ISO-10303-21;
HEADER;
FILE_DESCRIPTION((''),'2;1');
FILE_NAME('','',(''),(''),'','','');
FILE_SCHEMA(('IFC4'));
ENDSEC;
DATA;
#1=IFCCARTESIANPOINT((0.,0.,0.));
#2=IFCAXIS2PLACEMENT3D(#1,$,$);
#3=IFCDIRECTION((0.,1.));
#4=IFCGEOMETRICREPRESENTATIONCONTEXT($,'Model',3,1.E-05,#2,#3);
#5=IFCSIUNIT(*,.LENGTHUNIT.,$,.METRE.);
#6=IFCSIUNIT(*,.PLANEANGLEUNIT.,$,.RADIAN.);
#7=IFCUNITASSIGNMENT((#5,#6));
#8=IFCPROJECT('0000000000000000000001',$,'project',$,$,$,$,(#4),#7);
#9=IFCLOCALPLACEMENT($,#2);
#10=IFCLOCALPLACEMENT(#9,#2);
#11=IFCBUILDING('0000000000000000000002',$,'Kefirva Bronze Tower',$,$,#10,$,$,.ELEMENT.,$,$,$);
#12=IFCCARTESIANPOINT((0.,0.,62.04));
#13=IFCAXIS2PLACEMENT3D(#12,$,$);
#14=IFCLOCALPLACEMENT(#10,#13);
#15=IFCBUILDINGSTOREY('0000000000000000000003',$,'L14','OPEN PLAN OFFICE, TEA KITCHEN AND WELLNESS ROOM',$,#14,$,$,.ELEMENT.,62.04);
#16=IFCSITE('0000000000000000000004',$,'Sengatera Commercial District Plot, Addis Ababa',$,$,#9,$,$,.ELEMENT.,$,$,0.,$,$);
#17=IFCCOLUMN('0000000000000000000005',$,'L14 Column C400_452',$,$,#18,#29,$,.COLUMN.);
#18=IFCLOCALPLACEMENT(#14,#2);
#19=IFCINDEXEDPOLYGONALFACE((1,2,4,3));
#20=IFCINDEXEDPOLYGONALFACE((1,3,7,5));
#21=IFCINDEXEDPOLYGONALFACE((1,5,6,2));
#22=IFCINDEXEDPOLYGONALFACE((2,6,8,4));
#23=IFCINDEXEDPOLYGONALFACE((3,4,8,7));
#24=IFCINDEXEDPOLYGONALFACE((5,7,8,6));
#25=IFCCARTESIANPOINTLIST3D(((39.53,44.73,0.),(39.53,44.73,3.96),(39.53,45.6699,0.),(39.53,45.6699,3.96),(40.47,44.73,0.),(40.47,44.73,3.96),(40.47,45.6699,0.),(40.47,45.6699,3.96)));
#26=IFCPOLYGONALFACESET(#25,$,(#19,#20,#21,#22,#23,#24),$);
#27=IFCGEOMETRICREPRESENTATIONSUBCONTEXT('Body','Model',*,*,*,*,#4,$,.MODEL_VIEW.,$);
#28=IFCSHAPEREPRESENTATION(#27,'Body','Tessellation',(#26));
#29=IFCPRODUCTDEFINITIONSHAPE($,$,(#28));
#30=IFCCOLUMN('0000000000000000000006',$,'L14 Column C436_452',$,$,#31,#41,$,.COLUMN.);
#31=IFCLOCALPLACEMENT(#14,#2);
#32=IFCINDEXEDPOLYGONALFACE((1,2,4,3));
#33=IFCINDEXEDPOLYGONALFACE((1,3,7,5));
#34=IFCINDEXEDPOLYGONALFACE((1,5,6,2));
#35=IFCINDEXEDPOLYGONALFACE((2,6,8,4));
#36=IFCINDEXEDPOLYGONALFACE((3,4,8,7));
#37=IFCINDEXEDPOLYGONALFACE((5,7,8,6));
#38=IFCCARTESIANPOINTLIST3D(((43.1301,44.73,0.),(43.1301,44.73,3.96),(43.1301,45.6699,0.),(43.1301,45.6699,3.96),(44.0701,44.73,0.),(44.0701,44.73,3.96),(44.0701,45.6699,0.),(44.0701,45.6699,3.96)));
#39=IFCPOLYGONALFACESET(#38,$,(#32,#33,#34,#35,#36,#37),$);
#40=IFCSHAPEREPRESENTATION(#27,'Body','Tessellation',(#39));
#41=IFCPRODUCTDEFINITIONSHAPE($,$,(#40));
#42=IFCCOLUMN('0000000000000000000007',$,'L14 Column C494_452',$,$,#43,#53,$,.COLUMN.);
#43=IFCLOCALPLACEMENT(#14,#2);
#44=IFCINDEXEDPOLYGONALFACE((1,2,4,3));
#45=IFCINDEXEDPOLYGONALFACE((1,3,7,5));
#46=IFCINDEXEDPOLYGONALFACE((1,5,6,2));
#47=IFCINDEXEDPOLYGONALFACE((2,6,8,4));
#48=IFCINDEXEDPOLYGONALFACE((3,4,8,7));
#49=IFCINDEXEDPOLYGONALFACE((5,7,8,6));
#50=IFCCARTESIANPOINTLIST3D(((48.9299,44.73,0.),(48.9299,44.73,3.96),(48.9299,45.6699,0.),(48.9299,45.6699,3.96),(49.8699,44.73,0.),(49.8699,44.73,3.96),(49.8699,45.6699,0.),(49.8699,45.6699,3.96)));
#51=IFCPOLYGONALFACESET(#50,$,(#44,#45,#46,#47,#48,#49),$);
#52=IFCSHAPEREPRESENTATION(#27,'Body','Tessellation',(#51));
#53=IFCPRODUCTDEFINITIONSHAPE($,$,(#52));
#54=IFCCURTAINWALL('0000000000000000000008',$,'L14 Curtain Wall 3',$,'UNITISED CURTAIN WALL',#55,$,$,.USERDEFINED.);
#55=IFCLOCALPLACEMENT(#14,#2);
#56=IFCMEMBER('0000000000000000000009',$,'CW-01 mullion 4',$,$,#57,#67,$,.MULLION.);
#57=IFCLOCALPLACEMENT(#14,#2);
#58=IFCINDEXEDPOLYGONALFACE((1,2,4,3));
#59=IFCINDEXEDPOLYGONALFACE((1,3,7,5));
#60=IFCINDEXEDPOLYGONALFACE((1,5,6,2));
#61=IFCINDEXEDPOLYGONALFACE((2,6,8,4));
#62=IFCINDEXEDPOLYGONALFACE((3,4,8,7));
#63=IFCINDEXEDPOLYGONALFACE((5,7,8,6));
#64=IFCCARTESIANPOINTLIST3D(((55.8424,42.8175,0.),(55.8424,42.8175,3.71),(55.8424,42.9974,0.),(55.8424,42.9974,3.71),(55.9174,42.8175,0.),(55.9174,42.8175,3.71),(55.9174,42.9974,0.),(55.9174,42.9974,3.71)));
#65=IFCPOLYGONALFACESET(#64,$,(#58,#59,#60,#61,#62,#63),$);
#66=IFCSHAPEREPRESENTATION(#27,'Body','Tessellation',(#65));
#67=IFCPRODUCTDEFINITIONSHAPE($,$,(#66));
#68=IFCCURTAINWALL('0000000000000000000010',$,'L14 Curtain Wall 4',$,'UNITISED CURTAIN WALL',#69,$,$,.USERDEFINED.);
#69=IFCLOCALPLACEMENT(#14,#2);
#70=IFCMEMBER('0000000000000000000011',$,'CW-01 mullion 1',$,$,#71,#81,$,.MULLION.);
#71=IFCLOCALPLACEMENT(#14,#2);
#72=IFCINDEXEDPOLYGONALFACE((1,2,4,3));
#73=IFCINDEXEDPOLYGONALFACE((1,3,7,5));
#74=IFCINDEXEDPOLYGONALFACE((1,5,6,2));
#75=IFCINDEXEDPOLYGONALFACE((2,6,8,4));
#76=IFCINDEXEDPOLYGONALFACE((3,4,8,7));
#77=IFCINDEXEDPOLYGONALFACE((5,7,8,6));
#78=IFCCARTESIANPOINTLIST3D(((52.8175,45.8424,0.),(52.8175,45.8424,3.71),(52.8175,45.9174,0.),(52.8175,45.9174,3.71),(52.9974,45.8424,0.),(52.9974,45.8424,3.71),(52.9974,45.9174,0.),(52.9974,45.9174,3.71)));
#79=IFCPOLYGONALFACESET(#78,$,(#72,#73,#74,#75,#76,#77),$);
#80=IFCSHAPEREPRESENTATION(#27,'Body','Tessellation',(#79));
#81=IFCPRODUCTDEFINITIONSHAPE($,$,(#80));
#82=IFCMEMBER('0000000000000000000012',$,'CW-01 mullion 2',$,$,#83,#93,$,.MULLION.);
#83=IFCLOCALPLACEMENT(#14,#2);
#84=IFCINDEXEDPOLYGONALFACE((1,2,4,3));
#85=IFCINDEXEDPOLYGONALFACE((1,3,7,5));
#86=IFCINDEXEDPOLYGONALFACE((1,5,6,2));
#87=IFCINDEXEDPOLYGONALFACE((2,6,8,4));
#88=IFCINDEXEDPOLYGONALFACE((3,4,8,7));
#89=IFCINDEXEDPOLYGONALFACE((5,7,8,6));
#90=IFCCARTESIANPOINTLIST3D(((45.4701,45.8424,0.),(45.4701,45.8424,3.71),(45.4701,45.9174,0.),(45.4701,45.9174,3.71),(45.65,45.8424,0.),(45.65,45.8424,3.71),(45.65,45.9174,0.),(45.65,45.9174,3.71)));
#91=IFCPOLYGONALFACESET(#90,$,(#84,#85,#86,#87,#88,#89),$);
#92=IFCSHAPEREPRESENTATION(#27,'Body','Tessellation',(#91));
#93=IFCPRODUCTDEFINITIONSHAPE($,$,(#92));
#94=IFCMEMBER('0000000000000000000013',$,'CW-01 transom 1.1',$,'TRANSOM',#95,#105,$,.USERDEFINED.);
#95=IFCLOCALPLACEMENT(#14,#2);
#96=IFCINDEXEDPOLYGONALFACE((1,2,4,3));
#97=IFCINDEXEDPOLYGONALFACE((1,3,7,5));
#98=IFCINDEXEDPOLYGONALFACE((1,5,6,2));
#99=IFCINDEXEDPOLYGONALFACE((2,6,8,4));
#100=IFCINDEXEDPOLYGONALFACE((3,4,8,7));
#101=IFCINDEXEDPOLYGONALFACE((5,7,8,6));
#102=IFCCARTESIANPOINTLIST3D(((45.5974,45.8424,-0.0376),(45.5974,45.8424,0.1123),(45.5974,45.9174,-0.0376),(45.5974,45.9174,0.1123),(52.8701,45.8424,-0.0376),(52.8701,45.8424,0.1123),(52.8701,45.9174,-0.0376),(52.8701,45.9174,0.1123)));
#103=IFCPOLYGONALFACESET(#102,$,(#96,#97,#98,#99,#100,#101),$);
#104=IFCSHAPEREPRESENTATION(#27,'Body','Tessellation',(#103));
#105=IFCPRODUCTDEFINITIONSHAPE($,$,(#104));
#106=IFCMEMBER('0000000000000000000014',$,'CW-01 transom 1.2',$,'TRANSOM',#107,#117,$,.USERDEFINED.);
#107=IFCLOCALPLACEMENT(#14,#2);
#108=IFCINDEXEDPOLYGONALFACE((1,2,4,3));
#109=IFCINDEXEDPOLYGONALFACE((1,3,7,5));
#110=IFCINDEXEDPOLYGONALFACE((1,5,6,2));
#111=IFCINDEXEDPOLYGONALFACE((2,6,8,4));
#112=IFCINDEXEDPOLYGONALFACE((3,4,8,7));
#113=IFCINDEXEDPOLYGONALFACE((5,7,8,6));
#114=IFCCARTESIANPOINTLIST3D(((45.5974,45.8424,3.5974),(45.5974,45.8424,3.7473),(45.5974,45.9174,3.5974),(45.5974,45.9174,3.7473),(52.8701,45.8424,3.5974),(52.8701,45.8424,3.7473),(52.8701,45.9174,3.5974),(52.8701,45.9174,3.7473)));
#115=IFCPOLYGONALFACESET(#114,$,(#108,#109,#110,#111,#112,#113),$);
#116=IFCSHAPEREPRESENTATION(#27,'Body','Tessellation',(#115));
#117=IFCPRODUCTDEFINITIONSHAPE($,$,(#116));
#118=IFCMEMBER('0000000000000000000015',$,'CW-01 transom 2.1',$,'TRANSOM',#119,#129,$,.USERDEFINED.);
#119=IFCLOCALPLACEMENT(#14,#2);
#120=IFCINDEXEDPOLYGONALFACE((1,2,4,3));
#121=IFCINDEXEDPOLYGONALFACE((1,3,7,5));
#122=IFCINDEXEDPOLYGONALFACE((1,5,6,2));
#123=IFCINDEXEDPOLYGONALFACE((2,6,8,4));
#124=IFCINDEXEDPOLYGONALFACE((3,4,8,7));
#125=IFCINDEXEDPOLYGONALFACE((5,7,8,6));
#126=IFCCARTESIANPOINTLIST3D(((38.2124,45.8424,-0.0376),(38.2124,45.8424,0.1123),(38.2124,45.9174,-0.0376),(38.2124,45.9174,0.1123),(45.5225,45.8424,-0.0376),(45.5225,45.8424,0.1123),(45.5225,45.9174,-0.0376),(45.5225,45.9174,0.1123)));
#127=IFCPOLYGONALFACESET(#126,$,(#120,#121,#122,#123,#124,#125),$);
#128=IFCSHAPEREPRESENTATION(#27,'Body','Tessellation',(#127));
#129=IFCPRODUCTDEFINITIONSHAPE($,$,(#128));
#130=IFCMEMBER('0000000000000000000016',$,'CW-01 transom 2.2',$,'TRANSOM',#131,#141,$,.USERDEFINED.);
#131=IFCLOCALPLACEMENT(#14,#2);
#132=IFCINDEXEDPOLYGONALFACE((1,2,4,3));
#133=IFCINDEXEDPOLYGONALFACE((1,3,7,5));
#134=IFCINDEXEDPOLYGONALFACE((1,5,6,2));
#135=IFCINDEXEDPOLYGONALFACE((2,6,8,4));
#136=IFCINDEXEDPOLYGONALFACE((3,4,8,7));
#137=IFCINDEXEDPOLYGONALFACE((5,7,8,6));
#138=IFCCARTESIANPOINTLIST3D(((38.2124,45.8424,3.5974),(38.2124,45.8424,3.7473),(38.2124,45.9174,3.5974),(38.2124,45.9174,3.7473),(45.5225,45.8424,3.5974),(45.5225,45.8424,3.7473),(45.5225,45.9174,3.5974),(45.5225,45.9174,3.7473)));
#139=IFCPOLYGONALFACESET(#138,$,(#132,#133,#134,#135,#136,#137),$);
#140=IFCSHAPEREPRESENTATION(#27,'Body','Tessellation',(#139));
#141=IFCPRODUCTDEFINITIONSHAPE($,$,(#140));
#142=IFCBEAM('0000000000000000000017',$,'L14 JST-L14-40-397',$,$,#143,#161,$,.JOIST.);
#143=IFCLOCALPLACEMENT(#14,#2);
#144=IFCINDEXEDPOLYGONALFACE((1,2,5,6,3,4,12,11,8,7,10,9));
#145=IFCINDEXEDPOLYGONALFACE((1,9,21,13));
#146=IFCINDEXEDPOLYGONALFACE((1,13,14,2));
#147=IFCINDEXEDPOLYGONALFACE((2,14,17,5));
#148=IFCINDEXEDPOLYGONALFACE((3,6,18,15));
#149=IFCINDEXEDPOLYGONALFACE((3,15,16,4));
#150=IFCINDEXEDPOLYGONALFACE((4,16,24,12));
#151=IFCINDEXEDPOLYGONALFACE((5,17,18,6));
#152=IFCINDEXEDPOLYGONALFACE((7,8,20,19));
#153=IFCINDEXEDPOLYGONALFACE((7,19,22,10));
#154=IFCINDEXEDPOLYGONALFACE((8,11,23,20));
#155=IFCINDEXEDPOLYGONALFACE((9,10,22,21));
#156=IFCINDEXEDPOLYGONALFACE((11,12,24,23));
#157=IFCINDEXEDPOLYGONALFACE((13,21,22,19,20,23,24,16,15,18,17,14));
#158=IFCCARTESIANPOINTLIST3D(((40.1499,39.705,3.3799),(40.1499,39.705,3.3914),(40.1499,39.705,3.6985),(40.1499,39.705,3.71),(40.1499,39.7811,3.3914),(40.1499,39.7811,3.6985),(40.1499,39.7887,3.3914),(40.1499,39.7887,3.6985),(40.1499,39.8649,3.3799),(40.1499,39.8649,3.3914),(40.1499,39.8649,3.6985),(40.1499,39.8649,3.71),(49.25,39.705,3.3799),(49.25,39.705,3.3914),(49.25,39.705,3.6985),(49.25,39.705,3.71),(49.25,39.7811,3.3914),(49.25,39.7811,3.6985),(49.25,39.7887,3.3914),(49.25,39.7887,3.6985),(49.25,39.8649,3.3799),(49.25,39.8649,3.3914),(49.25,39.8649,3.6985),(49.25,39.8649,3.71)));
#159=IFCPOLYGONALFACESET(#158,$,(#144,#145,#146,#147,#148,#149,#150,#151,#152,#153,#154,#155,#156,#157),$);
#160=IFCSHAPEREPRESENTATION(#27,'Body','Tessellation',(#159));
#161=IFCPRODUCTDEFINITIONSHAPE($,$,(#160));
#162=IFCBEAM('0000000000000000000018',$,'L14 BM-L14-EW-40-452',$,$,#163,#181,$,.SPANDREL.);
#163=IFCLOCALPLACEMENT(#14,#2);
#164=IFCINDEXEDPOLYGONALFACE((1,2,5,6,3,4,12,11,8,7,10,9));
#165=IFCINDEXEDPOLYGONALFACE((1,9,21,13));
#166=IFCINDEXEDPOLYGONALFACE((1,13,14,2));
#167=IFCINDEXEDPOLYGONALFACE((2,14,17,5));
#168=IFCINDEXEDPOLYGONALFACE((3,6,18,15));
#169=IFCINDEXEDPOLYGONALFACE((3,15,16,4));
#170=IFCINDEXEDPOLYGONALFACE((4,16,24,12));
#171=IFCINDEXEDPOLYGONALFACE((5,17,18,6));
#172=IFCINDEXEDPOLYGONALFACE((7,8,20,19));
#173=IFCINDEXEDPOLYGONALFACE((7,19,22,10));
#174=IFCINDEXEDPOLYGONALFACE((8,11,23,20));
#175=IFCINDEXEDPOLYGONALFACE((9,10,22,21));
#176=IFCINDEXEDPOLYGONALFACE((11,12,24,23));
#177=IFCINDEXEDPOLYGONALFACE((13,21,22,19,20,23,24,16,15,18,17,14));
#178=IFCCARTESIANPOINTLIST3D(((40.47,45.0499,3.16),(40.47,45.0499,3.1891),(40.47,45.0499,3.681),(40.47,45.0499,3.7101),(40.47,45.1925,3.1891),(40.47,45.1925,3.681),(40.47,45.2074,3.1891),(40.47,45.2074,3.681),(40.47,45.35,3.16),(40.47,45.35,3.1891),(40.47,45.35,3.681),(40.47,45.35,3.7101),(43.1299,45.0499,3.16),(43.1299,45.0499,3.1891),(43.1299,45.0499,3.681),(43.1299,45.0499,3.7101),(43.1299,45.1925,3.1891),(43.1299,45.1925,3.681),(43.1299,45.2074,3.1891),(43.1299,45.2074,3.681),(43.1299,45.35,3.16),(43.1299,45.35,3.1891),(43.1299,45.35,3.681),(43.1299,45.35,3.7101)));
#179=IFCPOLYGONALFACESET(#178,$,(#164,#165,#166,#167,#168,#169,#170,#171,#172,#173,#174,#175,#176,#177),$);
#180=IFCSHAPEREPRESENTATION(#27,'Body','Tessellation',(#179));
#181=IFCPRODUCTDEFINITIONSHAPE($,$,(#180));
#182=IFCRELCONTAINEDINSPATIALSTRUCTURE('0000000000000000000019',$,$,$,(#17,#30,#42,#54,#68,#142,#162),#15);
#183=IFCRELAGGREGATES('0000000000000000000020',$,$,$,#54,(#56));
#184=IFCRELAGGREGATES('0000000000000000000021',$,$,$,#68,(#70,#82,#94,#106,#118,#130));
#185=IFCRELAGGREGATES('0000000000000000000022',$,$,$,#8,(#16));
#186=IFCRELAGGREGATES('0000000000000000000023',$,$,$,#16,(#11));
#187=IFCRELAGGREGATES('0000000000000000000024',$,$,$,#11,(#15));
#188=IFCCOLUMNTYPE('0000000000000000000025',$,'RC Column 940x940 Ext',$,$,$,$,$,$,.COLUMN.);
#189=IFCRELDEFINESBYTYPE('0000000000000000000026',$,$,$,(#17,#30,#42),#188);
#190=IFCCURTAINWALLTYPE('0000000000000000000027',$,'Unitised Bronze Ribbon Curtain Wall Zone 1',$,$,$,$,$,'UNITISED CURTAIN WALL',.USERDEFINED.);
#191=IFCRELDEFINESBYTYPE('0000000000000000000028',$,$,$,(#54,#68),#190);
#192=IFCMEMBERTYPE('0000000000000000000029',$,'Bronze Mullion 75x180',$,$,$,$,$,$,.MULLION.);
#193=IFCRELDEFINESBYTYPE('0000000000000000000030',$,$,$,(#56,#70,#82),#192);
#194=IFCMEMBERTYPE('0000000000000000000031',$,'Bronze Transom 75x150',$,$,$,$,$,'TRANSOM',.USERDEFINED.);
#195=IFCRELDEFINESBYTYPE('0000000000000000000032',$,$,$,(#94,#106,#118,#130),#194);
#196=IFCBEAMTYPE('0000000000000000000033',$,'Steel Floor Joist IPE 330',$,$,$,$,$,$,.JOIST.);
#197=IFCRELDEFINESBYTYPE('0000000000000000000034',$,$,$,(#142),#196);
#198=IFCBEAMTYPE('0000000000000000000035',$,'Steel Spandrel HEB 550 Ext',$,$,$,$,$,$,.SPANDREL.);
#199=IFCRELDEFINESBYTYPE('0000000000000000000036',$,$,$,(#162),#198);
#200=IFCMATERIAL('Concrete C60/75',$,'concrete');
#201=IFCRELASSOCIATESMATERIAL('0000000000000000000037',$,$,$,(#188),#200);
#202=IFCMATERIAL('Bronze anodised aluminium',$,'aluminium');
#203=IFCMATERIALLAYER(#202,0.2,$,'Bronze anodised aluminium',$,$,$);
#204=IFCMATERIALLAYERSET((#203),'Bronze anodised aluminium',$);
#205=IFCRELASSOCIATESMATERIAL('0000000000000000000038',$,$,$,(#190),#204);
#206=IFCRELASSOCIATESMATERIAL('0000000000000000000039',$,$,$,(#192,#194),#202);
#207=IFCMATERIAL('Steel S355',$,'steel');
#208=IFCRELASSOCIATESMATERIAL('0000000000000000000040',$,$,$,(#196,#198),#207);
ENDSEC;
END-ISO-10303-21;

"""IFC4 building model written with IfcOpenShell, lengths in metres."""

from ifc_helpers import new_model, si_unit, direction, frame, origin, origin_2d, place, context, subcontext, project, spatial, rectangle, i_section, extrude, material, layer, layer_set, material_profile, profile_set, type_object, element, aggregate, save


model = new_model("IFC4")

# Units and contexts
model_context = context("Model", 3, precision=1e-05, world=origin(), true_north=direction((0.0, 1.0)))
body_context = subcontext(model_context, "Body", "Model", "MODEL_VIEW")
ifc_project = project(units=[si_unit("LENGTHUNIT", "METRE"), si_unit("PLANEANGLEUNIT", "RADIAN")], contexts=[model_context])

# Site, building, storey
site_placement = place(None, origin())
site = spatial("IfcSite", under=ifc_project, at=site_placement, Name="Sengatera Commercial District Plot, Addis Ababa", CompositionType="ELEMENT", RefElevation=0.0)
building_placement = place(site_placement, origin())
building = spatial("IfcBuilding", under=site, at=building_placement, Name="Kefirva Bronze Tower", CompositionType="ELEMENT")
storey_placement = place(building_placement, frame((0.0, 0.0, 62.04)))
storey = spatial("IfcBuildingStorey", under=building, at=storey_placement, Name="L14", Description="OPEN PLAN OFFICE, TEA KITCHEN AND WELLNESS ROOM", CompositionType="ELEMENT", Elevation=62.04)

# Columns
ifc_material_1 = material(Name="Concrete C60/75", Category="concrete")
ifc_material_profile_1 = material_profile(ifc_material_1, rectangle(XDim=0.9399, YDim=0.9399, at=origin_2d()), Name="RC 940x940")
ifc_profile_set_1 = profile_set([ifc_material_profile_1], Name="Concrete C60/75")
column_type = type_object("IfcColumnType", Name="RC Column 940x940 Ext", PredefinedType="COLUMN", material=ifc_profile_set_1)
for number, where, z_axis, x_axis, name in (
    (1, (40.0, 45.2, 0.0), (0.0, 0.0, 1.0), (1.0, 0.0, 0.0), "L14 Column C400_452"),
    (2, (43.6001, 45.2, 0.0), (0.0, 0.0, 1.0), (1.0, 0.0, 0.0), "L14 Column C436_452"),
    (3, (49.3999, 45.2, 0.0), (0.0, 0.0, 1.0), (1.0, 0.0, 0.0), "L14 Column C494_452"),
):
    element("IfcColumn", number, at=place(storey_placement, frame(where, z_axis=z_axis, x_axis=x_axis)), inside=storey, type_object=column_type, Name=name, PredefinedType="COLUMN", context=body_context, shape_type="SweptSolid", body=[
        extrude(rectangle(XDim=0.9399, YDim=0.9399, at=origin_2d()), origin(), (0.0, 0.0, 1.0), 3.96),
    ])

# Curtain wall, member
ifc_material_2 = material(Name="Bronze anodised aluminium", Category="aluminium")
ifc_layer_1 = layer(ifc_material_2, 0.2, Name="Bronze anodised aluminium")
ifc_layer_set_1 = layer_set([ifc_layer_1], Name="Bronze anodised aluminium")
curtain_wall_type = type_object("IfcCurtainWallType", Name="Unitised Bronze Ribbon Curtain Wall Zone 1", ElementType="UNITISED CURTAIN WALL", PredefinedType="USERDEFINED", material=ifc_layer_set_1)
curtain_wall_1_placement = place(storey_placement, origin())
curtain_wall_1 = element("IfcCurtainWall", 4, at=curtain_wall_1_placement, inside=storey, type_object=curtain_wall_type, Name="L14 Curtain Wall 3", ObjectType="UNITISED CURTAIN WALL", PredefinedType="USERDEFINED")
ifc_material_profile_2 = material_profile(ifc_material_2, rectangle(XDim=0.075, YDim=0.1799, at=origin_2d()), Name="ALU 75x180")
ifc_profile_set_2 = profile_set([ifc_material_profile_2], Name="Bronze anodised aluminium")
member_type_1 = type_object("IfcMemberType", Name="Bronze Mullion 75x180", PredefinedType="MULLION", material=ifc_profile_set_2)
member_1_placement = place(storey_placement, frame((55.8799, 42.9075, 0.0), z_axis=(0.0, 0.0, 1.0), x_axis=(-1.0, 0.0, 0.0)))
member_1 = element("IfcMember", 5, at=member_1_placement, type_object=member_type_1, Name="CW-01 mullion 4", PredefinedType="MULLION", context=body_context, shape_type="SweptSolid", body=[
    extrude(rectangle(XDim=0.075, YDim=0.1799, at=origin_2d()), origin(), (0.0, 0.0, 1.0), 3.71),
])

# Curtain wall, members
curtain_wall_2_placement = place(storey_placement, origin())
curtain_wall_2 = element("IfcCurtainWall", 6, at=curtain_wall_2_placement, inside=storey, type_object=curtain_wall_type, Name="L14 Curtain Wall 4", ObjectType="UNITISED CURTAIN WALL", PredefinedType="USERDEFINED")
member_2_placement = place(storey_placement, frame((52.9075, 45.8799, 0.0), z_axis=(0.0, 0.0, 1.0), x_axis=(0.0, -1.0, 0.0)))
member_2 = element("IfcMember", 7, at=member_2_placement, type_object=member_type_1, Name="CW-01 mullion 1", PredefinedType="MULLION", context=body_context, shape_type="SweptSolid", body=[
    extrude(rectangle(XDim=0.075, YDim=0.1799, at=origin_2d()), origin(), (0.0, 0.0, 1.0), 3.71),
])
member_3_placement = place(storey_placement, frame((45.5601, 45.8799, 0.0), z_axis=(0.0, 0.0, 1.0), x_axis=(0.0, -1.0, 0.0)))
member_3 = element("IfcMember", 8, at=member_3_placement, type_object=member_type_1, Name="CW-01 mullion 2", PredefinedType="MULLION", context=body_context, shape_type="SweptSolid", body=[
    extrude(rectangle(XDim=0.075, YDim=0.1799, at=origin_2d()), origin(), (0.0, 0.0, 1.0), 3.71),
])
ifc_material_profile_3 = material_profile(ifc_material_2, rectangle(XDim=0.075, YDim=0.1499, at=origin_2d()), Name="ALU 75x150")
ifc_profile_set_3 = profile_set([ifc_material_profile_3], Name="Bronze anodised aluminium")
member_type_2 = type_object("IfcMemberType", Name="Bronze Transom 75x150", ElementType="TRANSOM", PredefinedType="USERDEFINED", material=ifc_profile_set_3)
member_4_placement = place(storey_placement, frame((52.8701, 45.8799, 0.0374), z_axis=(-1.0, 0.0, 0.0), x_axis=(0.0, -1.0, 0.0)))
member_4 = element("IfcMember", 9, at=member_4_placement, type_object=member_type_2, Name="CW-01 transom 1.1", ObjectType="TRANSOM", PredefinedType="USERDEFINED", context=body_context, shape_type="SweptSolid", body=[
    extrude(rectangle(XDim=0.075, YDim=0.1499, at=origin_2d()), origin(), (0.0, 0.0, 1.0), 7.2727),
])
member_5_placement = place(storey_placement, frame((52.8701, 45.8799, 3.6724), z_axis=(-1.0, 0.0, 0.0), x_axis=(0.0, -1.0, 0.0)))
member_5 = element("IfcMember", 10, at=member_5_placement, type_object=member_type_2, Name="CW-01 transom 1.2", ObjectType="TRANSOM", PredefinedType="USERDEFINED", context=body_context, shape_type="SweptSolid", body=[
    extrude(rectangle(XDim=0.075, YDim=0.1499, at=origin_2d()), origin(), (0.0, 0.0, 1.0), 7.2727),
])
member_6_placement = place(storey_placement, frame((45.5225, 45.8799, 0.0374), z_axis=(-1.0, 0.0, 0.0), x_axis=(0.0, -1.0, 0.0)))
member_6 = element("IfcMember", 11, at=member_6_placement, type_object=member_type_2, Name="CW-01 transom 2.1", ObjectType="TRANSOM", PredefinedType="USERDEFINED", context=body_context, shape_type="SweptSolid", body=[
    extrude(rectangle(XDim=0.075, YDim=0.1499, at=origin_2d()), origin(), (0.0, 0.0, 1.0), 7.3101),
])
member_7_placement = place(storey_placement, frame((45.5225, 45.8799, 3.6724), z_axis=(-1.0, 0.0, 0.0), x_axis=(0.0, -1.0, 0.0)))
member_7 = element("IfcMember", 12, at=member_7_placement, type_object=member_type_2, Name="CW-01 transom 2.2", ObjectType="TRANSOM", PredefinedType="USERDEFINED", context=body_context, shape_type="SweptSolid", body=[
    extrude(rectangle(XDim=0.075, YDim=0.1499, at=origin_2d()), origin(), (0.0, 0.0, 1.0), 7.3101),
])

# Beams
ifc_material_3 = material(Name="Steel S355", Category="steel")
ifc_material_profile_4 = material_profile(ifc_material_3, i_section(OverallWidth=0.1599, OverallDepth=0.3301, WebThickness=0.0076, FlangeThickness=0.0115, at=origin_2d()), Name="IPE 330")
ifc_profile_set_4 = profile_set([ifc_material_profile_4], Name="Steel S355")
beam_type_1 = type_object("IfcBeamType", Name="Steel Floor Joist IPE 330", PredefinedType="JOIST", material=ifc_profile_set_4)
beam_1_placement = place(storey_placement, frame((40.1499, 39.7849, 3.5449), z_axis=(1.0, 0.0, 0.0), x_axis=(0.0, 1.0, 0.0)))
element("IfcBeam", 13, at=beam_1_placement, inside=storey, type_object=beam_type_1, Name="L14 JST-L14-40-397", PredefinedType="JOIST", context=body_context, shape_type="SweptSolid", body=[
    extrude(i_section(OverallWidth=0.1599, OverallDepth=0.3301, WebThickness=0.0076, FlangeThickness=0.0115, at=origin_2d()), origin(), (0.0, 0.0, 1.0), 9.1001),
])
ifc_material_profile_5 = material_profile(ifc_material_3, i_section(OverallWidth=0.3, OverallDepth=0.55, WebThickness=0.0149, FlangeThickness=0.0291, at=origin_2d()), Name="HEB 550")
ifc_profile_set_5 = profile_set([ifc_material_profile_5], Name="Steel S355")
beam_type_2 = type_object("IfcBeamType", Name="Steel Spandrel HEB 550 Ext", PredefinedType="SPANDREL", material=ifc_profile_set_5)
beam_2_placement = place(storey_placement, frame((40.47, 45.2, 3.4351), z_axis=(1.0, 0.0, 0.0), x_axis=(0.0, 1.0, 0.0)))
element("IfcBeam", 14, at=beam_2_placement, inside=storey, type_object=beam_type_2, Name="L14 BM-L14-EW-40-452", PredefinedType="SPANDREL", context=body_context, shape_type="SweptSolid", body=[
    extrude(i_section(OverallWidth=0.3, OverallDepth=0.55, WebThickness=0.0149, FlangeThickness=0.0291, at=origin_2d()), origin(), (0.0, 0.0, 1.0), 2.6599),
])

aggregate(curtain_wall_1, [member_1])
aggregate(curtain_wall_2, [member_2, member_3, member_4, member_5, member_6, member_7])

save(model, "model.ifc")
